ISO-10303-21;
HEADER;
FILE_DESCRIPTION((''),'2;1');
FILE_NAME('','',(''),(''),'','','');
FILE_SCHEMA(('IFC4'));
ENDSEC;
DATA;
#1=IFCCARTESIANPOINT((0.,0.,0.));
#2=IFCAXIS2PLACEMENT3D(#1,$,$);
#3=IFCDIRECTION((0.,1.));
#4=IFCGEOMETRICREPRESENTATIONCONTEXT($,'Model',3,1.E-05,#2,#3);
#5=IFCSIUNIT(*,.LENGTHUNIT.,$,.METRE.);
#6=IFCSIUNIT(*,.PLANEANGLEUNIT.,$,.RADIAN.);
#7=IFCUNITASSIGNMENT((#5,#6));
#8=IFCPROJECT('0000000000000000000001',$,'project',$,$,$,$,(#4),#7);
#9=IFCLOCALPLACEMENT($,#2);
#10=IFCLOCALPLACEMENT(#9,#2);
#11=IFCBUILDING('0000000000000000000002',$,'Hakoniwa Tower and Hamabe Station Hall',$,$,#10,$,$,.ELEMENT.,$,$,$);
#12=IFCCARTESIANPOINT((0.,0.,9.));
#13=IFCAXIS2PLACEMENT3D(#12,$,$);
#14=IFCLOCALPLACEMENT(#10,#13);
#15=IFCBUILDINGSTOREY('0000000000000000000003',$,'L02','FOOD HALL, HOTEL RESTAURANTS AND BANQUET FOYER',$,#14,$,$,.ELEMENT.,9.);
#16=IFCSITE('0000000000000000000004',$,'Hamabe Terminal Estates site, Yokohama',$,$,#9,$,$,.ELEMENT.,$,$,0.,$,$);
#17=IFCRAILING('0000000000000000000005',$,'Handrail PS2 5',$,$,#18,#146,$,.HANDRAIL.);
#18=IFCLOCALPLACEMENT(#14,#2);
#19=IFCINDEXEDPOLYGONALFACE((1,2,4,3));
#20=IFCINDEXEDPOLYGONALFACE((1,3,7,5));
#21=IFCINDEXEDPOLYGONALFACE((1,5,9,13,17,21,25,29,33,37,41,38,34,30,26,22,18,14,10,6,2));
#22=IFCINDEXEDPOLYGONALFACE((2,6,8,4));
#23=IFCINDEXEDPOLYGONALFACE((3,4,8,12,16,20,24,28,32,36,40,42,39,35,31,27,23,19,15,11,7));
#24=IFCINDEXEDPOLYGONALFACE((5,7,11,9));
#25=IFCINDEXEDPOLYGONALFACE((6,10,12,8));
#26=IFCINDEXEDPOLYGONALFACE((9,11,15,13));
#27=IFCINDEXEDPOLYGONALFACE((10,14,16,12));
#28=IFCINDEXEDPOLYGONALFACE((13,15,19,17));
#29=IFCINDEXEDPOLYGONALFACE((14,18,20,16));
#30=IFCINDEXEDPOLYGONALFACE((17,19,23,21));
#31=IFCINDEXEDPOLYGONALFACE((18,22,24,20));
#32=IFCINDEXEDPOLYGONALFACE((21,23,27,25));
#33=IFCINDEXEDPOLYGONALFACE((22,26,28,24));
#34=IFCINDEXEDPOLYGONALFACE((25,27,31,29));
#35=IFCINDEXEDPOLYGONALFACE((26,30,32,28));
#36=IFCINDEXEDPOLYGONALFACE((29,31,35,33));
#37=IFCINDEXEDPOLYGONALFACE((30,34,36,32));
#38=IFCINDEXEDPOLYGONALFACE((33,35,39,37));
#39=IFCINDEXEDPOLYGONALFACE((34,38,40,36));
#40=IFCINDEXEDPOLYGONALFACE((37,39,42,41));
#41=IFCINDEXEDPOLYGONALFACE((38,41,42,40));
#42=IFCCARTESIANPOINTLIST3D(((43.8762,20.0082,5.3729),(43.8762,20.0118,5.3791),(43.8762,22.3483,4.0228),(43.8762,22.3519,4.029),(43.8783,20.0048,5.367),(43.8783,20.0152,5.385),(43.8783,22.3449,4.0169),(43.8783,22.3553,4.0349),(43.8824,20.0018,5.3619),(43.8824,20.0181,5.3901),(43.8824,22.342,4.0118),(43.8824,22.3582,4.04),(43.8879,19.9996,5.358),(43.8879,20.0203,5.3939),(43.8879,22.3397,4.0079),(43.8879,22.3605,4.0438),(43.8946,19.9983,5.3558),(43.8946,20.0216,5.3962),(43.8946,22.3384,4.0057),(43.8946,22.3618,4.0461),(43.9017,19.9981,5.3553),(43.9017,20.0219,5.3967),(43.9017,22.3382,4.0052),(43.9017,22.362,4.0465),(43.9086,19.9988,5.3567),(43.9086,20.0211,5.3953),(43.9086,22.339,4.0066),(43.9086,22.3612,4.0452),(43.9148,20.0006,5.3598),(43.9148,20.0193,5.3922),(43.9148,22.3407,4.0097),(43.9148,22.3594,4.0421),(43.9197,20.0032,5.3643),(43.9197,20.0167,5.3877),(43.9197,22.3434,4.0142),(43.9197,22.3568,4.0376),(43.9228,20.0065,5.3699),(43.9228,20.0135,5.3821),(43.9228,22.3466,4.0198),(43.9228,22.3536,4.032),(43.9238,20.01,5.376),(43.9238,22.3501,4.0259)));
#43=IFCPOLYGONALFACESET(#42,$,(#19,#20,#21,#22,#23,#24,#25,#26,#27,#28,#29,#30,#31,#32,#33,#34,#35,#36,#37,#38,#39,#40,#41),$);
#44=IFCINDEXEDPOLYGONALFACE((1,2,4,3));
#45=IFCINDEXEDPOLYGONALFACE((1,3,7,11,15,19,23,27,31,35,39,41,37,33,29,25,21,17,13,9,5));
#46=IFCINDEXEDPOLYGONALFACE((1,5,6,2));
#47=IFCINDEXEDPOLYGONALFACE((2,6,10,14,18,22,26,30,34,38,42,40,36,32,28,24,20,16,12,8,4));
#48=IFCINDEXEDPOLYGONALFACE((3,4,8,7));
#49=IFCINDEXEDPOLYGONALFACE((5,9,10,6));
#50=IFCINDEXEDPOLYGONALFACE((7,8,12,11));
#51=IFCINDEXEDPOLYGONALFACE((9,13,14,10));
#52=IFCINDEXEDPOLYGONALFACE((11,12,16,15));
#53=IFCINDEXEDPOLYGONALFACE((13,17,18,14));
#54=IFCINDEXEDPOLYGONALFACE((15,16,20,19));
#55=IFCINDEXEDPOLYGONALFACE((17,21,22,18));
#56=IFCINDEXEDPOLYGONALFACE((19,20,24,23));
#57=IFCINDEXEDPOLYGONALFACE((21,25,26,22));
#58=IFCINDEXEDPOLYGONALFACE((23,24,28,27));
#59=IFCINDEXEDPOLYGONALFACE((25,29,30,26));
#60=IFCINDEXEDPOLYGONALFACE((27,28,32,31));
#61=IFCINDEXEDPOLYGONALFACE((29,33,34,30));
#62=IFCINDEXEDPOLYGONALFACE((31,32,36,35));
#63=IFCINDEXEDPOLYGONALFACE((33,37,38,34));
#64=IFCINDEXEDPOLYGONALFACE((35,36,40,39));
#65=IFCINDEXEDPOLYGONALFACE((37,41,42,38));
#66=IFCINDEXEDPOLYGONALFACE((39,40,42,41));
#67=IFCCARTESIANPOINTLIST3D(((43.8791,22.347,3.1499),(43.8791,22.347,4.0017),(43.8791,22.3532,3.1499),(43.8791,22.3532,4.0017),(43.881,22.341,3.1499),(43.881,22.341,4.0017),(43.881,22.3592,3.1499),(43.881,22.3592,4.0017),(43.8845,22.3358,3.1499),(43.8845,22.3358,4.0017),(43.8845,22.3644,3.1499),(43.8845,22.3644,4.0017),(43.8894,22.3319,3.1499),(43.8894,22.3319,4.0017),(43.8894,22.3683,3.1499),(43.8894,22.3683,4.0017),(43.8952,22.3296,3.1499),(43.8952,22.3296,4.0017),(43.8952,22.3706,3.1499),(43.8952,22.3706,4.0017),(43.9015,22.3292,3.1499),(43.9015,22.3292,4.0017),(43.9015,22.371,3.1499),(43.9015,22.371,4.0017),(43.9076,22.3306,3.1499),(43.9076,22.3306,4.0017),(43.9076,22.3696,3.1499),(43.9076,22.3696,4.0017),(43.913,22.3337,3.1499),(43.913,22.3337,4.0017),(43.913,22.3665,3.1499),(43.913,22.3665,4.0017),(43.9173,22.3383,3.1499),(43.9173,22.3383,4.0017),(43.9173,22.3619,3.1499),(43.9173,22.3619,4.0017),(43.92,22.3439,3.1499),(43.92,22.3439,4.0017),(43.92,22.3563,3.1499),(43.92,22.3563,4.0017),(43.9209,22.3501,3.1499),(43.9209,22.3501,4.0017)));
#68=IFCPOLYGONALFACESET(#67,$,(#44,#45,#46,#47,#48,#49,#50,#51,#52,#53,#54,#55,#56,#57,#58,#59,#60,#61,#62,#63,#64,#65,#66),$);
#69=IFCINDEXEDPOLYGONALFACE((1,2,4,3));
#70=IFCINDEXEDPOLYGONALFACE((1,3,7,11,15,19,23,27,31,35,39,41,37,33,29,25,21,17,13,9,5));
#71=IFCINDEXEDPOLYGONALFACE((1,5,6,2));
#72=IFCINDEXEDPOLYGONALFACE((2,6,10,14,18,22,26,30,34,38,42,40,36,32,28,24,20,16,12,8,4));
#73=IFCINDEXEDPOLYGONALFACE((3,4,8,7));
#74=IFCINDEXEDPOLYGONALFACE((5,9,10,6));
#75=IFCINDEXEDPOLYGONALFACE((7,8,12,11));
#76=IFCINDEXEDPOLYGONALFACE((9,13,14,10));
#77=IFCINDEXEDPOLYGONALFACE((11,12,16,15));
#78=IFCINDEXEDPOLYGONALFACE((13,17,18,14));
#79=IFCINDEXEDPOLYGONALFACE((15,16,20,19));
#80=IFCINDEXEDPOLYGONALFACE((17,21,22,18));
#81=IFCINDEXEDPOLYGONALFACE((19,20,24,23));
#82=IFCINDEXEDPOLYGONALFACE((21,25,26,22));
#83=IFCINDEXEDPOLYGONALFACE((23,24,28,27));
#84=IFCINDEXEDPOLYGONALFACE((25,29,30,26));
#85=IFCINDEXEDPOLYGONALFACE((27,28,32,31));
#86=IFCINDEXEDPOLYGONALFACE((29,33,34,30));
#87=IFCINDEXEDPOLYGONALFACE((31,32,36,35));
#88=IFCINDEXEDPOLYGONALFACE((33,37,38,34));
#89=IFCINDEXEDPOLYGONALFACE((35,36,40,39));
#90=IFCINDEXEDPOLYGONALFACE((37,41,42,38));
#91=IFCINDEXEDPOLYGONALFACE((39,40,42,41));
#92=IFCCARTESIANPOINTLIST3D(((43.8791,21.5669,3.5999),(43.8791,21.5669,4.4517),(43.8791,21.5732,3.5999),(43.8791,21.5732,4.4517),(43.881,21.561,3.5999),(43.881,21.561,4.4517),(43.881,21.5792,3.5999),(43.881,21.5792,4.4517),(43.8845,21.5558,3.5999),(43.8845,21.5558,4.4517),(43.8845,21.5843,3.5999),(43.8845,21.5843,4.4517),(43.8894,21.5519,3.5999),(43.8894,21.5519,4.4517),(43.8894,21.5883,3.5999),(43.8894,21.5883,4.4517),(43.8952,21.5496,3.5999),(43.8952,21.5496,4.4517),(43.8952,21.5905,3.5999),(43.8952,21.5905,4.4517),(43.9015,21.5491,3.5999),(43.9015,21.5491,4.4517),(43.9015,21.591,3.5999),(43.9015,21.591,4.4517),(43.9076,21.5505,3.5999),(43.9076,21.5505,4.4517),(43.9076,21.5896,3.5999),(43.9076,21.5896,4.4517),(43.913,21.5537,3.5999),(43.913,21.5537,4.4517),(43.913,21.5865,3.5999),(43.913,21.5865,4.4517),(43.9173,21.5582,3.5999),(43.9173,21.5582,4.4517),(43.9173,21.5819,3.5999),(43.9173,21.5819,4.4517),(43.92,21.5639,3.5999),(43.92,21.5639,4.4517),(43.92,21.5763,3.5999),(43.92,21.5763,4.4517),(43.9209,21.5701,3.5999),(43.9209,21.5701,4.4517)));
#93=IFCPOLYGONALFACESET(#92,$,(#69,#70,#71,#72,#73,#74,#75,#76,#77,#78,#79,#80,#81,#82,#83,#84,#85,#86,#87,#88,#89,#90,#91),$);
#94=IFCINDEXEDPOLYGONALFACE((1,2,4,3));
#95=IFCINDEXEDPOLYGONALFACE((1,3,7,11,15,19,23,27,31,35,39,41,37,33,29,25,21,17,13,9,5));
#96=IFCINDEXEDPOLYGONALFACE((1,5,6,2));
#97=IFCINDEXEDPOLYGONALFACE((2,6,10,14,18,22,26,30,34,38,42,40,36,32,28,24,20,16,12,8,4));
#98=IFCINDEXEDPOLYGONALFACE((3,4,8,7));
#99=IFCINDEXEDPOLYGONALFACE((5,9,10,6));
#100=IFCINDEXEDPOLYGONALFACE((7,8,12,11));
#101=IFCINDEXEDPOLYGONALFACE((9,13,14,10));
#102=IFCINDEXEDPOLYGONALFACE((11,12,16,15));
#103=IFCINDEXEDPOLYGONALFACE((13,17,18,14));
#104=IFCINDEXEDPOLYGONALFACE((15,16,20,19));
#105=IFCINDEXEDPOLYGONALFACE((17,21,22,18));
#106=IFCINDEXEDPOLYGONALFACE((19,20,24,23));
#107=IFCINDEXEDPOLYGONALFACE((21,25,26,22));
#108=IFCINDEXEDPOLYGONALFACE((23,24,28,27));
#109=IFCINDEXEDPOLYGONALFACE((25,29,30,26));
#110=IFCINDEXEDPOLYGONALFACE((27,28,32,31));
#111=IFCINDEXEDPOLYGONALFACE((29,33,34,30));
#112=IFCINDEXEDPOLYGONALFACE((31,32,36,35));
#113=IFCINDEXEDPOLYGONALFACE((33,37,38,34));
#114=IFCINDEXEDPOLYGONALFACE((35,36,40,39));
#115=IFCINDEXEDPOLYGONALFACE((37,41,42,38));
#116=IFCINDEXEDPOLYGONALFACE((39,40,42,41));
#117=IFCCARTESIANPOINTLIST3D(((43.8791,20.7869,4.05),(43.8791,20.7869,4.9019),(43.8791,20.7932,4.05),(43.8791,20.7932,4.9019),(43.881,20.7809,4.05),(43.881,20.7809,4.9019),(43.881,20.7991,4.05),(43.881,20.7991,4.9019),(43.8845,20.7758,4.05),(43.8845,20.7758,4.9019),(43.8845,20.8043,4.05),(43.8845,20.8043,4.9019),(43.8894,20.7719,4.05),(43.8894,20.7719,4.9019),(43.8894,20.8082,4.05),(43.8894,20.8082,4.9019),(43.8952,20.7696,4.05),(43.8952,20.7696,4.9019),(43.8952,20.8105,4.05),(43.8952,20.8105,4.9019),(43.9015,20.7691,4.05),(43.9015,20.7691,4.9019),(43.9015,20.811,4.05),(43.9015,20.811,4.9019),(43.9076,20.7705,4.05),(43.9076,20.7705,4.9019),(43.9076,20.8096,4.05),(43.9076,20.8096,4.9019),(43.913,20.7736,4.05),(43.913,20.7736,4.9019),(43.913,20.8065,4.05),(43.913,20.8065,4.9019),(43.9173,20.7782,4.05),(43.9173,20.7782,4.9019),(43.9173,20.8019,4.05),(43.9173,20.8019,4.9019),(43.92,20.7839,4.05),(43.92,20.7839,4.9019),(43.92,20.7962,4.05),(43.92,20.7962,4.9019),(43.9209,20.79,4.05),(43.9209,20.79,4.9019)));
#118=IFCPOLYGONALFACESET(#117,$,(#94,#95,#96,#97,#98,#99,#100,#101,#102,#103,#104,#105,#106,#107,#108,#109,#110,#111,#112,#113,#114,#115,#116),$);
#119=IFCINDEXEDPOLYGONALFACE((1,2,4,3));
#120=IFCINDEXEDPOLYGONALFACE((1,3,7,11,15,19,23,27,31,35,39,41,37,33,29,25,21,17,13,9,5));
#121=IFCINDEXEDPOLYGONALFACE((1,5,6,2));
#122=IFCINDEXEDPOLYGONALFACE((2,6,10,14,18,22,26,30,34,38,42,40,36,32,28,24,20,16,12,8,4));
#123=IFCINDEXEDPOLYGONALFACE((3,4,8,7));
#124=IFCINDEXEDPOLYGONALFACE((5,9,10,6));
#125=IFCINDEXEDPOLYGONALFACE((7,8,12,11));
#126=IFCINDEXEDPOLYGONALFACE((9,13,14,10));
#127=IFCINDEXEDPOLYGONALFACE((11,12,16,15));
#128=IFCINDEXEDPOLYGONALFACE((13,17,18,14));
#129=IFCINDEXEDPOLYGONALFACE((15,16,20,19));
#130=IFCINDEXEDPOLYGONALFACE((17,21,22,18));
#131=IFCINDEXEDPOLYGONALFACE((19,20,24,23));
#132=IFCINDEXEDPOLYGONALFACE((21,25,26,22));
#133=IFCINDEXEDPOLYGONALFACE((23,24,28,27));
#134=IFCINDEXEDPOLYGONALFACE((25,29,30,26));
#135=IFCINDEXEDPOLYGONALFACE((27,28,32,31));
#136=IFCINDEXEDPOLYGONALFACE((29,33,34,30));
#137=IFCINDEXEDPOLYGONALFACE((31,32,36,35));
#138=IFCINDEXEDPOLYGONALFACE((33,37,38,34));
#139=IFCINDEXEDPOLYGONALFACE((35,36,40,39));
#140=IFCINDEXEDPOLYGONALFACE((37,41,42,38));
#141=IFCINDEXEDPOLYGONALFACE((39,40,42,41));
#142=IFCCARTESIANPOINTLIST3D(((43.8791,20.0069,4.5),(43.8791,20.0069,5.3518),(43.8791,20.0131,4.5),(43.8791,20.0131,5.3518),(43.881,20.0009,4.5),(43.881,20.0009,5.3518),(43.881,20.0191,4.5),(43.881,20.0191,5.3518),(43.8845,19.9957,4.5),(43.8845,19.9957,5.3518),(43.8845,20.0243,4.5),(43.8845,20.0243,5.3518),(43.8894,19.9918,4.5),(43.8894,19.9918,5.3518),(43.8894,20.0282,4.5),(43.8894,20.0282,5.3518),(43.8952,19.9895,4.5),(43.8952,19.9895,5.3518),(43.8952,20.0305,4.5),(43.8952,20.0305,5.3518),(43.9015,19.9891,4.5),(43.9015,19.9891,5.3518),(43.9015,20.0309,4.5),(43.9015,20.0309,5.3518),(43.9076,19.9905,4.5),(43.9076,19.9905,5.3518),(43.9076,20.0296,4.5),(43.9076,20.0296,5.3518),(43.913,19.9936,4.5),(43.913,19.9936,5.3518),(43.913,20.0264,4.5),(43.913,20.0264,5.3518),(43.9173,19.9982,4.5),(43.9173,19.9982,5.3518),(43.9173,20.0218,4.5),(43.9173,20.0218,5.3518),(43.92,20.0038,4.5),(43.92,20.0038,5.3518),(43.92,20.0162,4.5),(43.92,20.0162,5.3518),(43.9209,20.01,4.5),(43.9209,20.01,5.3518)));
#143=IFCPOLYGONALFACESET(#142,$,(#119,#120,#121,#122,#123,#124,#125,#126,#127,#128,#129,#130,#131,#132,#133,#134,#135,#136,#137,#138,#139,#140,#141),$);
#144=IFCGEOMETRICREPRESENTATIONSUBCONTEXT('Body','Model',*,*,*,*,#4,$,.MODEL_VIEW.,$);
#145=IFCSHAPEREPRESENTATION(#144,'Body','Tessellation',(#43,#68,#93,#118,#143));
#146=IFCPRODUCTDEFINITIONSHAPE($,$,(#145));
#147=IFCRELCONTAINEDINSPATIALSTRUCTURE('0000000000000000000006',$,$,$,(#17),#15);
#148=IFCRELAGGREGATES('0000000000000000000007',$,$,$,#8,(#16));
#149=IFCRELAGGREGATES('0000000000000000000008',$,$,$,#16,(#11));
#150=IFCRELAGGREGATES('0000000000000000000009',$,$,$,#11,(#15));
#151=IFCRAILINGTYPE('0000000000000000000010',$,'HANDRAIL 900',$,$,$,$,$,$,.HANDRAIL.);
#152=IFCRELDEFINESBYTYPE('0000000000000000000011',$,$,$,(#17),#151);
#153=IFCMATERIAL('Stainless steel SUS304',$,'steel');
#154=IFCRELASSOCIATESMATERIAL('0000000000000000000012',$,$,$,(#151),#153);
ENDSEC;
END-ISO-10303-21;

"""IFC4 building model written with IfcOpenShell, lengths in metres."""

from ifc_helpers import new_model, si_unit, direction, frame, origin, origin_2d, place, context, subcontext, project, spatial, circle, extrude, material, type_object, element, save


model = new_model("IFC4")

# Units and contexts
model_context = context("Model", 3, precision=1e-05, world=origin(), true_north=direction((0.0, 1.0)))
body_context = subcontext(model_context, "Body", "Model", "MODEL_VIEW")
ifc_project = project(units=[si_unit("LENGTHUNIT", "METRE"), si_unit("PLANEANGLEUNIT", "RADIAN")], contexts=[model_context])

# Site, building, storey
site_placement = place(None, origin())
site = spatial("IfcSite", under=ifc_project, at=site_placement, Name="Hamabe Terminal Estates site, Yokohama", CompositionType="ELEMENT", RefElevation=0.0)
building_placement = place(site_placement, origin())
building = spatial("IfcBuilding", under=site, at=building_placement, Name="Hakoniwa Tower and Hamabe Station Hall", CompositionType="ELEMENT")
storey_placement = place(building_placement, frame((0.0, 0.0, 9.0)))
storey = spatial("IfcBuildingStorey", under=building, at=storey_placement, Name="L02", Description="FOOD HALL, HOTEL RESTAURANTS AND BANQUET FOYER", CompositionType="ELEMENT", Elevation=9.0)

# Railing
ifc_material_1 = material(Name="Stainless steel SUS304", Category="steel")
railing_type_1 = type_object("IfcRailingType", Name="HANDRAIL 900", PredefinedType="HANDRAIL", material=ifc_material_1)
for number, where, name in (
    (1, (43.8999, 22.3501, 3.1499), "Handrail PS2 5"),
):
    element("IfcRailing", number, at=place(storey_placement, frame(where)), inside=storey, type_object=railing_type_1, Name=name, PredefinedType="HANDRAIL", context=body_context, shape_type="SweptSolid", body=[
        extrude(circle(Radius=0.0239, at=origin_2d()), frame((0.0, 0.0, 0.876), z_axis=(0.0, -0.866178, 0.499735), x_axis=(1.0, 0.0, 0.0)), (0.0, 0.0, 1.0), 2.7017),
        extrude(circle(Radius=0.021, at=origin_2d()), origin(), (0.0, 0.0, 1.0), 0.8518),
        extrude(circle(Radius=0.021, at=origin_2d()), frame((0.0, -0.78, 0.45)), (0.0, 0.0, 1.0), 0.8518),
        extrude(circle(Radius=0.021, at=origin_2d()), frame((0.0, -1.5601, 0.9001)), (0.0, 0.0, 1.0), 0.8518),
        extrude(circle(Radius=0.021, at=origin_2d()), frame((0.0, -2.3401, 1.3501)), (0.0, 0.0, 1.0), 0.8518),
    ])

save(model, "model.ifc")
